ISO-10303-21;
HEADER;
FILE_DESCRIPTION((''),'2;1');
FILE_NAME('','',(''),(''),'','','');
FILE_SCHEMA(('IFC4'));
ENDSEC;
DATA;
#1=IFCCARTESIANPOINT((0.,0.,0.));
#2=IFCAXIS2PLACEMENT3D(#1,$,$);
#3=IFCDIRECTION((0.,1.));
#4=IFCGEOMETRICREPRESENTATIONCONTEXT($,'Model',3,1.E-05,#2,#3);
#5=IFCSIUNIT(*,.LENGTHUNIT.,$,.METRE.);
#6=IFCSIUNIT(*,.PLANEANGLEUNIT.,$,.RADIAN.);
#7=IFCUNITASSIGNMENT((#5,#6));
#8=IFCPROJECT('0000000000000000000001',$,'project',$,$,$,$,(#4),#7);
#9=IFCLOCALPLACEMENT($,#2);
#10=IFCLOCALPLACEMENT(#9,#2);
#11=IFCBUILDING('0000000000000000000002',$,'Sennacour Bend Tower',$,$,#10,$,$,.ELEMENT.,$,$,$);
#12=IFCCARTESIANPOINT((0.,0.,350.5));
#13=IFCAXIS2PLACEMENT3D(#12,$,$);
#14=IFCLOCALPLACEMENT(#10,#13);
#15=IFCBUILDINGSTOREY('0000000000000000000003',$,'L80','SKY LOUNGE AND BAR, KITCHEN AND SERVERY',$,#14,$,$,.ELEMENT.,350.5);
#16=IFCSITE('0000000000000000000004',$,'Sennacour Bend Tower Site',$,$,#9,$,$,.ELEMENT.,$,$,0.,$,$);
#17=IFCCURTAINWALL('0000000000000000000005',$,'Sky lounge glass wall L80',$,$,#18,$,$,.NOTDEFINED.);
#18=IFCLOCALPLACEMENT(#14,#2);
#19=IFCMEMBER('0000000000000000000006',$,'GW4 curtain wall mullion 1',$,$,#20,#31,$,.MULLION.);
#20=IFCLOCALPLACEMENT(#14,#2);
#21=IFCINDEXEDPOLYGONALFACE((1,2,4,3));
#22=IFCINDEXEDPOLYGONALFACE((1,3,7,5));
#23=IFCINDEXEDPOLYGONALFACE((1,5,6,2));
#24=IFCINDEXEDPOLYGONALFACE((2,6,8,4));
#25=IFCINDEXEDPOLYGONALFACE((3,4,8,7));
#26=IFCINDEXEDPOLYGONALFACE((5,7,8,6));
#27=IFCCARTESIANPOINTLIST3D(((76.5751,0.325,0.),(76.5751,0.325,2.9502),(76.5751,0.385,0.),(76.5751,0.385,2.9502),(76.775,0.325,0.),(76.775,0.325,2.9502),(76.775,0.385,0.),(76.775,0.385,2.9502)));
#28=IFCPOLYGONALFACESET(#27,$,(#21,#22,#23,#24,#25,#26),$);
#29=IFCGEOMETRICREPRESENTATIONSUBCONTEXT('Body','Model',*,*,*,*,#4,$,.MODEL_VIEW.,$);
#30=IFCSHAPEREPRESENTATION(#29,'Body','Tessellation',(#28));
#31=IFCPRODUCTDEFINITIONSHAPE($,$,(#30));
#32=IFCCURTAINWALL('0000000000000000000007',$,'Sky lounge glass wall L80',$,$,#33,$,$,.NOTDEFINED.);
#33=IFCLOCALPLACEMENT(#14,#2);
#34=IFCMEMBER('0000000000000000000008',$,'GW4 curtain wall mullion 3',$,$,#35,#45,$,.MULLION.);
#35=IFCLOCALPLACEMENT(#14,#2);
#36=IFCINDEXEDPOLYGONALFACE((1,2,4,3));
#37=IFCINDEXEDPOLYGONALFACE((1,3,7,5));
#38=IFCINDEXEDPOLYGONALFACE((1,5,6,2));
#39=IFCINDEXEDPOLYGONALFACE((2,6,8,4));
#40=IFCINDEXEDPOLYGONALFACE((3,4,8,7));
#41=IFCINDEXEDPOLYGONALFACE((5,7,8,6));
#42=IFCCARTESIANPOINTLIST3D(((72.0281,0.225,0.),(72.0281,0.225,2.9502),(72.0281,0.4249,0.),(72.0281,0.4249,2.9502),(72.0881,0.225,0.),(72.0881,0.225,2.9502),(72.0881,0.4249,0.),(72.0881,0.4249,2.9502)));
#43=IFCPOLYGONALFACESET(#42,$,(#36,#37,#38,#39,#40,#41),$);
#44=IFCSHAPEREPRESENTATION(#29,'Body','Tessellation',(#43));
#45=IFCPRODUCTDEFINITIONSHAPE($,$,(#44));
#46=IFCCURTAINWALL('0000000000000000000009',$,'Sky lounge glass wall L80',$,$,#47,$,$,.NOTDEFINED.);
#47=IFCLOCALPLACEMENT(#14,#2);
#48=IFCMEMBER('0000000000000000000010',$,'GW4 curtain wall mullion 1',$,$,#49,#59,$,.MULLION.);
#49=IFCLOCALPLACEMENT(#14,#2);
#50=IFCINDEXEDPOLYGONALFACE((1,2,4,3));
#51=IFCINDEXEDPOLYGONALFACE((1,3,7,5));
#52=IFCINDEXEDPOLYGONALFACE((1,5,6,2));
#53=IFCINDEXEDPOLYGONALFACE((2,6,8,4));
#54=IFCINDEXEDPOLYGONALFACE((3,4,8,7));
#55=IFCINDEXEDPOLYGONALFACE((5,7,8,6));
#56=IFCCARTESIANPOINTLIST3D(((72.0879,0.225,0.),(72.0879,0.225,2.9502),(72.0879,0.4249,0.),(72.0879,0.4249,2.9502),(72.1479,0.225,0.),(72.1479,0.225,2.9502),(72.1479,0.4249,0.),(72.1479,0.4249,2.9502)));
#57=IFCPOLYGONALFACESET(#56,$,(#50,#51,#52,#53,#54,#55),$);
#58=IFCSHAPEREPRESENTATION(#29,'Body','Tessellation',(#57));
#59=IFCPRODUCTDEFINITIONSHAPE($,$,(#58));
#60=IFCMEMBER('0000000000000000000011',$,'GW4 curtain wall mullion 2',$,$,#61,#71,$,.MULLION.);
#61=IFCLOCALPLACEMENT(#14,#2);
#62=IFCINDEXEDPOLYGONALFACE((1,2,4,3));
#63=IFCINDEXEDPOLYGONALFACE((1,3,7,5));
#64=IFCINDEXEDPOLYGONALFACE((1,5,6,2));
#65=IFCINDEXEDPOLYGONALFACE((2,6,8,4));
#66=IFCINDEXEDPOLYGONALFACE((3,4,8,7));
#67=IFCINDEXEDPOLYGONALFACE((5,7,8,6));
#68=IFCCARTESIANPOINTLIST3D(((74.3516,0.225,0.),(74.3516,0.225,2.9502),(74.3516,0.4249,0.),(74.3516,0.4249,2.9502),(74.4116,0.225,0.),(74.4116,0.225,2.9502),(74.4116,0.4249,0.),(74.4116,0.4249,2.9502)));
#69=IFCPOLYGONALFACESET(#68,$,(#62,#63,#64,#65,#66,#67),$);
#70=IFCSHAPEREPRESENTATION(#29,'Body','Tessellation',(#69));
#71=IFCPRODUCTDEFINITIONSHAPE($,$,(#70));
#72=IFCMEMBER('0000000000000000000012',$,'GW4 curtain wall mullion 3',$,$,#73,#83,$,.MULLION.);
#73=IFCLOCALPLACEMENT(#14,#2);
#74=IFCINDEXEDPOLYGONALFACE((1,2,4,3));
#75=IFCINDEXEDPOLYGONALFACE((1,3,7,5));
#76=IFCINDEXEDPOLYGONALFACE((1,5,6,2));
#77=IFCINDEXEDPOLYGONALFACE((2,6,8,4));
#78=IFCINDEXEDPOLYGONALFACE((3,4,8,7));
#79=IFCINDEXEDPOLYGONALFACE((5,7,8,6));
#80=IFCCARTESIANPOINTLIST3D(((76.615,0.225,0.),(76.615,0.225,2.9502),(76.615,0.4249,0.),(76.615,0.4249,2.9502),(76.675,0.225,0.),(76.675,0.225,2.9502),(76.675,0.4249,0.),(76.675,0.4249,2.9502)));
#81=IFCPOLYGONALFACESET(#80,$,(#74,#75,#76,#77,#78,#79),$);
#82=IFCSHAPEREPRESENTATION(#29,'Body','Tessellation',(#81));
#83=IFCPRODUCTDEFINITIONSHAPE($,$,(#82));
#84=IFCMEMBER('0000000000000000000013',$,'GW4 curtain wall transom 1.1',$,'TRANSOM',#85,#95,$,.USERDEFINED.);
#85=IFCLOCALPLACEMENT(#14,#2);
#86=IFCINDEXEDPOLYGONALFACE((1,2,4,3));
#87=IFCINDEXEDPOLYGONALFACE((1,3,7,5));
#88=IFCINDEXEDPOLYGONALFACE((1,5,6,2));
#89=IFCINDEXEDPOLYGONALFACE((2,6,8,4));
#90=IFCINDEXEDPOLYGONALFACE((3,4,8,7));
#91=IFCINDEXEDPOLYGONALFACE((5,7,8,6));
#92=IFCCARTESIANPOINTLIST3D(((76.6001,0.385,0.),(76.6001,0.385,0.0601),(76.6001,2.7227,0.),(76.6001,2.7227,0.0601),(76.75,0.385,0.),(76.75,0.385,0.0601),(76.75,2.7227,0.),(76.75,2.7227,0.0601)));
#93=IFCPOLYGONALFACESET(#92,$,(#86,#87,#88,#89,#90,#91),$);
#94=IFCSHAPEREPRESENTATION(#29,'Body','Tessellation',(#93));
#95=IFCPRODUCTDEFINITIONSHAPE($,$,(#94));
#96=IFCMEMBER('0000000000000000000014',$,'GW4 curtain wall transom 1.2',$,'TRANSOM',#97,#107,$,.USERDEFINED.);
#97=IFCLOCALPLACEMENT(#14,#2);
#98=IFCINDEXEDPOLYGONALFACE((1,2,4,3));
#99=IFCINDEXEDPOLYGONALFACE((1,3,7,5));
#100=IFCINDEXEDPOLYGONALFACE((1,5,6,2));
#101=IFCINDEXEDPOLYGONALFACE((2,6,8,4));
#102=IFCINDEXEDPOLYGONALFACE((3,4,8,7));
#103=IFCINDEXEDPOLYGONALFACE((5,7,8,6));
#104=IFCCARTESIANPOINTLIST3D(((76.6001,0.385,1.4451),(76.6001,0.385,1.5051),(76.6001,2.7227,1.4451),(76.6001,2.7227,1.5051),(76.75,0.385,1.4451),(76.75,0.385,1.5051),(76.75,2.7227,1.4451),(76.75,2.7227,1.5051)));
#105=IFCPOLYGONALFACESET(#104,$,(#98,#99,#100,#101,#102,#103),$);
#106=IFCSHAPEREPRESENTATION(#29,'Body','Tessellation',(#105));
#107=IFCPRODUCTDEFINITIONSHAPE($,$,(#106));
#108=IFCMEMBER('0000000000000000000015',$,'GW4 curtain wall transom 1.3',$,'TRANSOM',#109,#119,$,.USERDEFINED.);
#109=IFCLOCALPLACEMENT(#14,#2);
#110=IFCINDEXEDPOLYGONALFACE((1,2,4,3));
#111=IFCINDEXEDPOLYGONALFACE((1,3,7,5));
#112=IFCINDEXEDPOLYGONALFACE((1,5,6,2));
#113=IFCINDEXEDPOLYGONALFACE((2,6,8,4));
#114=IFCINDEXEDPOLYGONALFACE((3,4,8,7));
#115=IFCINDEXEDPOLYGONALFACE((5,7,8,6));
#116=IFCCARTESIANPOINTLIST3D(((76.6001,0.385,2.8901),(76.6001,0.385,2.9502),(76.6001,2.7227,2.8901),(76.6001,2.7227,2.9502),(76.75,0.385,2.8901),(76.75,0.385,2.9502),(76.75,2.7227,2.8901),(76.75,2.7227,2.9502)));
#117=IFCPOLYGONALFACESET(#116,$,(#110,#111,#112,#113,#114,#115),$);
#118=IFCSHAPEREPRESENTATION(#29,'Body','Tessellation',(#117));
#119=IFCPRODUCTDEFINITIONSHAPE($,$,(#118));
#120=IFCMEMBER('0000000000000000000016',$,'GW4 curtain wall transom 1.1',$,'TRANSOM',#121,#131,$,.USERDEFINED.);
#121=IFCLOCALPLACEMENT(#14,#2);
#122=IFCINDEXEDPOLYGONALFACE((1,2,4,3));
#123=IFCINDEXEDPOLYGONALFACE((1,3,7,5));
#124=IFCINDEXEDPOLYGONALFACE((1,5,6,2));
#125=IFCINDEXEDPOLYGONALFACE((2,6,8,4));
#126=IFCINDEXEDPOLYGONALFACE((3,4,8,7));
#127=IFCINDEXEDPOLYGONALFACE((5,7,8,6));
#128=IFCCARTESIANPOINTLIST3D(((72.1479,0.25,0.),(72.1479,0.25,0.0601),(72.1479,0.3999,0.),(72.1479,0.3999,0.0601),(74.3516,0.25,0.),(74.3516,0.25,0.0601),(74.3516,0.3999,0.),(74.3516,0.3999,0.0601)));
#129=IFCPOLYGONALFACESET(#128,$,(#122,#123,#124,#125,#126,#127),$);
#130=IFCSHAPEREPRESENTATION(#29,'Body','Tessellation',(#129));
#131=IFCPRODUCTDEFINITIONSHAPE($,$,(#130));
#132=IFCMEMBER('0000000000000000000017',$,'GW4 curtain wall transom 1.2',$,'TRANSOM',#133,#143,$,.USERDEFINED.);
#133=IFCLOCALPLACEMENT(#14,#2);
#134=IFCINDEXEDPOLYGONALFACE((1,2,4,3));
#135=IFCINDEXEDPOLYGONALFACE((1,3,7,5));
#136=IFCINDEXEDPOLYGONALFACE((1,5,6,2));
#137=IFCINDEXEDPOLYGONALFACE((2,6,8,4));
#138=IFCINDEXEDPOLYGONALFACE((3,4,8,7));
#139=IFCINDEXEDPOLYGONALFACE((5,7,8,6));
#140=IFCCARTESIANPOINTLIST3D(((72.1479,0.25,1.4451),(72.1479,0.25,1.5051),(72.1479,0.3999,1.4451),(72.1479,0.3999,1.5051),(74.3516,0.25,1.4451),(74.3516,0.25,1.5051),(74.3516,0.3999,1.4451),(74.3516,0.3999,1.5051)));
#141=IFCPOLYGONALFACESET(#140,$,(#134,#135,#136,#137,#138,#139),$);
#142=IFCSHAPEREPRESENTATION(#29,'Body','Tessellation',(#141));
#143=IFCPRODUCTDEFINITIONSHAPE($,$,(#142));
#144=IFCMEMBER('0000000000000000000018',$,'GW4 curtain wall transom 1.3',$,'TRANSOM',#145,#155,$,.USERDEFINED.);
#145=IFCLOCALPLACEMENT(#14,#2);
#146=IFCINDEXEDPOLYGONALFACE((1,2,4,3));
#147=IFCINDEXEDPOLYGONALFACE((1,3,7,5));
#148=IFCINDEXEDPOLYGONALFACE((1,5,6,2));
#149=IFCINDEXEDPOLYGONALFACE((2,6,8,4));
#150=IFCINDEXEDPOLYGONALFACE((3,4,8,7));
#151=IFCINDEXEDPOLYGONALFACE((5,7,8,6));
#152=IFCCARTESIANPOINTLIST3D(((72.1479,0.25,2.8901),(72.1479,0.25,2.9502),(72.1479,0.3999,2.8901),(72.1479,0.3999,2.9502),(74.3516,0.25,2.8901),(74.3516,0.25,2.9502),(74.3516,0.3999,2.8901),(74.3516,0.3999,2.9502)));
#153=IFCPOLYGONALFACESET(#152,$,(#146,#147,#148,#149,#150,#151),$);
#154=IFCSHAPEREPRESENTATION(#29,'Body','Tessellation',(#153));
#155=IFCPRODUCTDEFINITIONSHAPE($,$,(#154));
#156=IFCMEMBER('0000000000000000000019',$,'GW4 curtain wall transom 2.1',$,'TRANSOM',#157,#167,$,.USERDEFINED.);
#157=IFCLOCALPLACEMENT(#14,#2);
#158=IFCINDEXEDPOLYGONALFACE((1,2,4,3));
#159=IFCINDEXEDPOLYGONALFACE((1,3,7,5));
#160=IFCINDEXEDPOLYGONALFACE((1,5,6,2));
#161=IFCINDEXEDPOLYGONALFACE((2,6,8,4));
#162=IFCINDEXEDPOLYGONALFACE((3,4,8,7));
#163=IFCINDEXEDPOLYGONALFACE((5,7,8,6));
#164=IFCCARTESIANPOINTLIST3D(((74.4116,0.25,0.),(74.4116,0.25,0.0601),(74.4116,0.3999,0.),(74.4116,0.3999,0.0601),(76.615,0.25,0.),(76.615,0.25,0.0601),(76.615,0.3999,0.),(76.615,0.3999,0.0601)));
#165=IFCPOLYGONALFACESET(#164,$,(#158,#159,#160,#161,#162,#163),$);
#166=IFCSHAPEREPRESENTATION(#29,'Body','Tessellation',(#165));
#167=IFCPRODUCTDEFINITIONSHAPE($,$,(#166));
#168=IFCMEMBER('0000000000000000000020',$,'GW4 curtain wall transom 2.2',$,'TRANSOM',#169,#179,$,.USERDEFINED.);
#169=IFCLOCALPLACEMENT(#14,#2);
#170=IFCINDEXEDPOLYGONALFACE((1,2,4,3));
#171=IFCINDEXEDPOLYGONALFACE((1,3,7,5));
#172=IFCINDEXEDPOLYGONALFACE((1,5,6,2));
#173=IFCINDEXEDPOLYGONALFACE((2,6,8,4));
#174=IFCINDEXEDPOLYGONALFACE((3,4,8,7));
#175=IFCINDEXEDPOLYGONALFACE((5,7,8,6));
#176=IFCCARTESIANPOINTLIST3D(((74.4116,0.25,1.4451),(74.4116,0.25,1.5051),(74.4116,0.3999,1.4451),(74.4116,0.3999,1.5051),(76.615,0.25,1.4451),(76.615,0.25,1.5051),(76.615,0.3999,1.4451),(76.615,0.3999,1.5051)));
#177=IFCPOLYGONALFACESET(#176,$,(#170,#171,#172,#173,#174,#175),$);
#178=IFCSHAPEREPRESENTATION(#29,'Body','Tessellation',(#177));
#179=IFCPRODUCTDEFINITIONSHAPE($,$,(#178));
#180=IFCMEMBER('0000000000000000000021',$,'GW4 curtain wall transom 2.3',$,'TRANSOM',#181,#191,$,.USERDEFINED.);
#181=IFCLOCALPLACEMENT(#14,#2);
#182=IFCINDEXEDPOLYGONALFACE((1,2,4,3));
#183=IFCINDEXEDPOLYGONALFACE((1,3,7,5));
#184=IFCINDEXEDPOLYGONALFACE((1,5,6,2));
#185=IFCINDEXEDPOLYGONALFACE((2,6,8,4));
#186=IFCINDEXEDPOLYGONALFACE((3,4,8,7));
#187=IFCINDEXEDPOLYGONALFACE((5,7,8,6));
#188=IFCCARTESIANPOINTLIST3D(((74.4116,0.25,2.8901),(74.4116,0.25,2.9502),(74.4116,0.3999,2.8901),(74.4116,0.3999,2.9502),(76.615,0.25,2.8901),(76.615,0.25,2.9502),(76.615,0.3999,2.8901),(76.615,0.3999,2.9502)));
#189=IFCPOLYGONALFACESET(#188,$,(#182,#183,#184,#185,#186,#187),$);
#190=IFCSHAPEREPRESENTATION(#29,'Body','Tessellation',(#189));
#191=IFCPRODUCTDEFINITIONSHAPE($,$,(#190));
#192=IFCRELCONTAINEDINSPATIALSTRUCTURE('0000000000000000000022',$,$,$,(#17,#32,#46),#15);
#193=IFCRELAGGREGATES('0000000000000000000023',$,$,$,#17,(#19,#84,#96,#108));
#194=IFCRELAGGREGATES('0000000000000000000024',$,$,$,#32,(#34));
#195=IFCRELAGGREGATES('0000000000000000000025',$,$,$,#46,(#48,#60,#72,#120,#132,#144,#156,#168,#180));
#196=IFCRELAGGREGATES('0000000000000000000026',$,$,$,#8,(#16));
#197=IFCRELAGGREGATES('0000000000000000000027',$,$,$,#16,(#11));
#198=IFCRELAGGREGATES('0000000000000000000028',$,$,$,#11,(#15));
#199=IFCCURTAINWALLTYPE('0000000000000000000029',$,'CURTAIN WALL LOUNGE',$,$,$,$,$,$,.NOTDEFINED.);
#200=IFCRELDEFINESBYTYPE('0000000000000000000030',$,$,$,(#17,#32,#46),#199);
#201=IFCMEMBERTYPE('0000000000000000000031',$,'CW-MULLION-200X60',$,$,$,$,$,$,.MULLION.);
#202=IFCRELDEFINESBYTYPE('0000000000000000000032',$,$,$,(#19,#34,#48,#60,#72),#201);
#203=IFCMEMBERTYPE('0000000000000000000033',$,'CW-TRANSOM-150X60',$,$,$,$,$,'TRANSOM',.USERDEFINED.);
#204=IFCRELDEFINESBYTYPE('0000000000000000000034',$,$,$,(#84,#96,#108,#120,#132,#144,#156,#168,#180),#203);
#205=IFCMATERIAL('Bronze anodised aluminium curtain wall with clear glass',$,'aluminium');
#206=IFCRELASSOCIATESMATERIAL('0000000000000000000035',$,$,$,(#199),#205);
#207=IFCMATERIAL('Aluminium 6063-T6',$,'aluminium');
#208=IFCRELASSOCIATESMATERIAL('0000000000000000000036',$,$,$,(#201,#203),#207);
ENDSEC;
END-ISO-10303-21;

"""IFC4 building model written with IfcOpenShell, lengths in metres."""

from ifc_helpers import new_model, si_unit, direction, frame, origin, origin_2d, place, context, subcontext, project, spatial, rectangle, extrude, material, material_profile, profile_set, type_object, element, aggregate, save


model = new_model("IFC4")

# Units and contexts
model_context = context("Model", 3, precision=1e-05, world=origin(), true_north=direction((0.0, 1.0)))
body_context = subcontext(model_context, "Body", "Model", "MODEL_VIEW")
ifc_project = project(units=[si_unit("LENGTHUNIT", "METRE"), si_unit("PLANEANGLEUNIT", "RADIAN")], contexts=[model_context])

# Site, building, storey
site_placement = place(None, origin())
site = spatial("IfcSite", under=ifc_project, at=site_placement, Name="Sennacour Bend Tower Site", CompositionType="ELEMENT", RefElevation=0.0)
building_placement = place(site_placement, origin())
building = spatial("IfcBuilding", under=site, at=building_placement, Name="Sennacour Bend Tower", CompositionType="ELEMENT")
storey_placement = place(building_placement, frame((0.0, 0.0, 350.5)))
storey = spatial("IfcBuildingStorey", under=building, at=storey_placement, Name="L80", Description="SKY LOUNGE AND BAR, KITCHEN AND SERVERY", CompositionType="ELEMENT", Elevation=350.5)

# Curtain walls, members
ifc_material_1 = material(Name="Bronze anodised aluminium curtain wall with clear glass", Category="aluminium")
curtain_wall_type = type_object("IfcCurtainWallType", Name="CURTAIN WALL LOUNGE", PredefinedType="NOTDEFINED", material=ifc_material_1)
curtain_wall_1_placement = place(storey_placement, origin())
curtain_wall_1 = element("IfcCurtainWall", 1, at=curtain_wall_1_placement, inside=storey, type_object=curtain_wall_type, Name="Sky lounge glass wall L80", PredefinedType="NOTDEFINED")
ifc_material_2 = material(Name="Aluminium 6063-T6", Category="aluminium")
ifc_material_profile_1 = material_profile(ifc_material_2, rectangle(XDim=0.2, YDim=0.0601, at=origin_2d()), Name="Aluminium 6063-T6", Category="aluminium")
ifc_profile_set_1 = profile_set([ifc_material_profile_1], Name="Aluminium 6063-T6")
member_type_1 = type_object("IfcMemberType", Name="CW-MULLION-200X60", PredefinedType="MULLION", material=ifc_profile_set_1)
member_1_placement = place(storey_placement, frame((76.675, 0.355, 0.0), z_axis=(0.0, 0.0, 1.0), x_axis=(-1.0, 0.0, 0.0)))
member_1 = element("IfcMember", 2, at=member_1_placement, type_object=member_type_1, Name="GW4 curtain wall mullion 1", PredefinedType="MULLION", context=body_context, shape_type="SweptSolid", body=[
    extrude(rectangle(XDim=0.2, YDim=0.0601, at=origin_2d()), origin(), (0.0, 0.0, 1.0), 2.9502),
])
curtain_wall_2_placement = place(storey_placement, origin())
curtain_wall_2 = element("IfcCurtainWall", 3, at=curtain_wall_2_placement, inside=storey, type_object=curtain_wall_type, Name="Sky lounge glass wall L80", PredefinedType="NOTDEFINED")
member_2_placement = place(storey_placement, frame((72.0581, 0.325, 0.0), z_axis=(0.0, 0.0, 1.0), x_axis=(0.0, 1.0, 0.0)))
member_2 = element("IfcMember", 4, at=member_2_placement, type_object=member_type_1, Name="GW4 curtain wall mullion 3", PredefinedType="MULLION", context=body_context, shape_type="SweptSolid", body=[
    extrude(rectangle(XDim=0.2, YDim=0.0601, at=origin_2d()), origin(), (0.0, 0.0, 1.0), 2.9502),
])

# Curtain wall, members
curtain_wall_3_placement = place(storey_placement, origin())
curtain_wall_3 = element("IfcCurtainWall", 5, at=curtain_wall_3_placement, inside=storey, type_object=curtain_wall_type, Name="Sky lounge glass wall L80", PredefinedType="NOTDEFINED")
member_3_placement = place(storey_placement, frame((72.1179, 0.325, 0.0), z_axis=(0.0, 0.0, 1.0), x_axis=(0.0, 1.0, 0.0)))
member_3 = element("IfcMember", 6, at=member_3_placement, type_object=member_type_1, Name="GW4 curtain wall mullion 1", PredefinedType="MULLION", context=body_context, shape_type="SweptSolid", body=[
    extrude(rectangle(XDim=0.2, YDim=0.0601, at=origin_2d()), origin(), (0.0, 0.0, 1.0), 2.9502),
])
member_4_placement = place(storey_placement, frame((74.3816, 0.325, 0.0), z_axis=(0.0, 0.0, 1.0), x_axis=(0.0, 1.0, 0.0)))
member_4 = element("IfcMember", 7, at=member_4_placement, type_object=member_type_1, Name="GW4 curtain wall mullion 2", PredefinedType="MULLION", context=body_context, shape_type="SweptSolid", body=[
    extrude(rectangle(XDim=0.2, YDim=0.0601, at=origin_2d()), origin(), (0.0, 0.0, 1.0), 2.9502),
])
member_5_placement = place(storey_placement, frame((76.645, 0.325, 0.0), z_axis=(0.0, 0.0, 1.0), x_axis=(0.0, 1.0, 0.0)))
member_5 = element("IfcMember", 8, at=member_5_placement, type_object=member_type_1, Name="GW4 curtain wall mullion 3", PredefinedType="MULLION", context=body_context, shape_type="SweptSolid", body=[
    extrude(rectangle(XDim=0.2, YDim=0.0601, at=origin_2d()), origin(), (0.0, 0.0, 1.0), 2.9502),
])

# Members
ifc_material_profile_2 = material_profile(ifc_material_2, rectangle(XDim=0.1499, YDim=0.0601, at=origin_2d()), Name="Aluminium 6063-T6", Category="aluminium")
ifc_profile_set_2 = profile_set([ifc_material_profile_2], Name="Aluminium 6063-T6")
member_type_2 = type_object("IfcMemberType", Name="CW-TRANSOM-150X60", ElementType="TRANSOM", PredefinedType="USERDEFINED", material=ifc_profile_set_2)
member_6_placement = place(storey_placement, frame((76.675, 0.385, 0.03), z_axis=(0.0, 1.0, 0.0), x_axis=(-1.0, 0.0, 0.0)))
member_6 = element("IfcMember", 9, at=member_6_placement, type_object=member_type_2, Name="GW4 curtain wall transom 1.1", ObjectType="TRANSOM", PredefinedType="USERDEFINED", context=body_context, shape_type="SweptSolid", body=[
    extrude(rectangle(XDim=0.1499, YDim=0.0601, at=origin_2d()), origin(), (0.0, 0.0, 1.0), 2.3376),
])
member_7_placement = place(storey_placement, frame((76.675, 0.385, 1.4751), z_axis=(0.0, 1.0, 0.0), x_axis=(-1.0, 0.0, 0.0)))
member_7 = element("IfcMember", 10, at=member_7_placement, type_object=member_type_2, Name="GW4 curtain wall transom 1.2", ObjectType="TRANSOM", PredefinedType="USERDEFINED", context=body_context, shape_type="SweptSolid", body=[
    extrude(rectangle(XDim=0.1499, YDim=0.0601, at=origin_2d()), origin(), (0.0, 0.0, 1.0), 2.3376),
])
member_8_placement = place(storey_placement, frame((76.675, 0.385, 2.9202), z_axis=(0.0, 1.0, 0.0), x_axis=(-1.0, 0.0, 0.0)))
member_8 = element("IfcMember", 11, at=member_8_placement, type_object=member_type_2, Name="GW4 curtain wall transom 1.3", ObjectType="TRANSOM", PredefinedType="USERDEFINED", context=body_context, shape_type="SweptSolid", body=[
    extrude(rectangle(XDim=0.1499, YDim=0.0601, at=origin_2d()), origin(), (0.0, 0.0, 1.0), 2.3376),
])
aggregate(curtain_wall_1, [member_1, member_6, member_7, member_8])
member_9_placement = place(storey_placement, frame((72.1479, 0.325, 0.03), z_axis=(1.0, 0.0, 0.0), x_axis=(0.0, 1.0, 0.0)))
member_9 = element("IfcMember", 12, at=member_9_placement, type_object=member_type_2, Name="GW4 curtain wall transom 1.1", ObjectType="TRANSOM", PredefinedType="USERDEFINED", context=body_context, shape_type="SweptSolid", body=[
    extrude(rectangle(XDim=0.1499, YDim=0.0601, at=origin_2d()), origin(), (0.0, 0.0, 1.0), 2.2036),
])
member_10_placement = place(storey_placement, frame((72.1479, 0.325, 1.4751), z_axis=(1.0, 0.0, 0.0), x_axis=(0.0, 1.0, 0.0)))
member_10 = element("IfcMember", 13, at=member_10_placement, type_object=member_type_2, Name="GW4 curtain wall transom 1.2", ObjectType="TRANSOM", PredefinedType="USERDEFINED", context=body_context, shape_type="SweptSolid", body=[
    extrude(rectangle(XDim=0.1499, YDim=0.0601, at=origin_2d()), origin(), (0.0, 0.0, 1.0), 2.2036),
])
member_11_placement = place(storey_placement, frame((72.1479, 0.325, 2.9202), z_axis=(1.0, 0.0, 0.0), x_axis=(0.0, 1.0, 0.0)))
member_11 = element("IfcMember", 14, at=member_11_placement, type_object=member_type_2, Name="GW4 curtain wall transom 1.3", ObjectType="TRANSOM", PredefinedType="USERDEFINED", context=body_context, shape_type="SweptSolid", body=[
    extrude(rectangle(XDim=0.1499, YDim=0.0601, at=origin_2d()), origin(), (0.0, 0.0, 1.0), 2.2036),
])
member_12_placement = place(storey_placement, frame((74.4116, 0.325, 0.03), z_axis=(1.0, 0.0, 0.0), x_axis=(0.0, 1.0, 0.0)))
member_12 = element("IfcMember", 15, at=member_12_placement, type_object=member_type_2, Name="GW4 curtain wall transom 2.1", ObjectType="TRANSOM", PredefinedType="USERDEFINED", context=body_context, shape_type="SweptSolid", body=[
    extrude(rectangle(XDim=0.1499, YDim=0.0601, at=origin_2d()), origin(), (0.0, 0.0, 1.0), 2.2034),
])
member_13_placement = place(storey_placement, frame((74.4116, 0.325, 1.4751), z_axis=(1.0, 0.0, 0.0), x_axis=(0.0, 1.0, 0.0)))
member_13 = element("IfcMember", 16, at=member_13_placement, type_object=member_type_2, Name="GW4 curtain wall transom 2.2", ObjectType="TRANSOM", PredefinedType="USERDEFINED", context=body_context, shape_type="SweptSolid", body=[
    extrude(rectangle(XDim=0.1499, YDim=0.0601, at=origin_2d()), origin(), (0.0, 0.0, 1.0), 2.2034),
])
member_14_placement = place(storey_placement, frame((74.4116, 0.325, 2.9202), z_axis=(1.0, 0.0, 0.0), x_axis=(0.0, 1.0, 0.0)))
member_14 = element("IfcMember", 17, at=member_14_placement, type_object=member_type_2, Name="GW4 curtain wall transom 2.3", ObjectType="TRANSOM", PredefinedType="USERDEFINED", context=body_context, shape_type="SweptSolid", body=[
    extrude(rectangle(XDim=0.1499, YDim=0.0601, at=origin_2d()), origin(), (0.0, 0.0, 1.0), 2.2034),
])

aggregate(curtain_wall_2, [member_2])
aggregate(curtain_wall_3, [member_3, member_4, member_5, member_9, member_10, member_11, member_12, member_13, member_14])

save(model, "model.ifc")
